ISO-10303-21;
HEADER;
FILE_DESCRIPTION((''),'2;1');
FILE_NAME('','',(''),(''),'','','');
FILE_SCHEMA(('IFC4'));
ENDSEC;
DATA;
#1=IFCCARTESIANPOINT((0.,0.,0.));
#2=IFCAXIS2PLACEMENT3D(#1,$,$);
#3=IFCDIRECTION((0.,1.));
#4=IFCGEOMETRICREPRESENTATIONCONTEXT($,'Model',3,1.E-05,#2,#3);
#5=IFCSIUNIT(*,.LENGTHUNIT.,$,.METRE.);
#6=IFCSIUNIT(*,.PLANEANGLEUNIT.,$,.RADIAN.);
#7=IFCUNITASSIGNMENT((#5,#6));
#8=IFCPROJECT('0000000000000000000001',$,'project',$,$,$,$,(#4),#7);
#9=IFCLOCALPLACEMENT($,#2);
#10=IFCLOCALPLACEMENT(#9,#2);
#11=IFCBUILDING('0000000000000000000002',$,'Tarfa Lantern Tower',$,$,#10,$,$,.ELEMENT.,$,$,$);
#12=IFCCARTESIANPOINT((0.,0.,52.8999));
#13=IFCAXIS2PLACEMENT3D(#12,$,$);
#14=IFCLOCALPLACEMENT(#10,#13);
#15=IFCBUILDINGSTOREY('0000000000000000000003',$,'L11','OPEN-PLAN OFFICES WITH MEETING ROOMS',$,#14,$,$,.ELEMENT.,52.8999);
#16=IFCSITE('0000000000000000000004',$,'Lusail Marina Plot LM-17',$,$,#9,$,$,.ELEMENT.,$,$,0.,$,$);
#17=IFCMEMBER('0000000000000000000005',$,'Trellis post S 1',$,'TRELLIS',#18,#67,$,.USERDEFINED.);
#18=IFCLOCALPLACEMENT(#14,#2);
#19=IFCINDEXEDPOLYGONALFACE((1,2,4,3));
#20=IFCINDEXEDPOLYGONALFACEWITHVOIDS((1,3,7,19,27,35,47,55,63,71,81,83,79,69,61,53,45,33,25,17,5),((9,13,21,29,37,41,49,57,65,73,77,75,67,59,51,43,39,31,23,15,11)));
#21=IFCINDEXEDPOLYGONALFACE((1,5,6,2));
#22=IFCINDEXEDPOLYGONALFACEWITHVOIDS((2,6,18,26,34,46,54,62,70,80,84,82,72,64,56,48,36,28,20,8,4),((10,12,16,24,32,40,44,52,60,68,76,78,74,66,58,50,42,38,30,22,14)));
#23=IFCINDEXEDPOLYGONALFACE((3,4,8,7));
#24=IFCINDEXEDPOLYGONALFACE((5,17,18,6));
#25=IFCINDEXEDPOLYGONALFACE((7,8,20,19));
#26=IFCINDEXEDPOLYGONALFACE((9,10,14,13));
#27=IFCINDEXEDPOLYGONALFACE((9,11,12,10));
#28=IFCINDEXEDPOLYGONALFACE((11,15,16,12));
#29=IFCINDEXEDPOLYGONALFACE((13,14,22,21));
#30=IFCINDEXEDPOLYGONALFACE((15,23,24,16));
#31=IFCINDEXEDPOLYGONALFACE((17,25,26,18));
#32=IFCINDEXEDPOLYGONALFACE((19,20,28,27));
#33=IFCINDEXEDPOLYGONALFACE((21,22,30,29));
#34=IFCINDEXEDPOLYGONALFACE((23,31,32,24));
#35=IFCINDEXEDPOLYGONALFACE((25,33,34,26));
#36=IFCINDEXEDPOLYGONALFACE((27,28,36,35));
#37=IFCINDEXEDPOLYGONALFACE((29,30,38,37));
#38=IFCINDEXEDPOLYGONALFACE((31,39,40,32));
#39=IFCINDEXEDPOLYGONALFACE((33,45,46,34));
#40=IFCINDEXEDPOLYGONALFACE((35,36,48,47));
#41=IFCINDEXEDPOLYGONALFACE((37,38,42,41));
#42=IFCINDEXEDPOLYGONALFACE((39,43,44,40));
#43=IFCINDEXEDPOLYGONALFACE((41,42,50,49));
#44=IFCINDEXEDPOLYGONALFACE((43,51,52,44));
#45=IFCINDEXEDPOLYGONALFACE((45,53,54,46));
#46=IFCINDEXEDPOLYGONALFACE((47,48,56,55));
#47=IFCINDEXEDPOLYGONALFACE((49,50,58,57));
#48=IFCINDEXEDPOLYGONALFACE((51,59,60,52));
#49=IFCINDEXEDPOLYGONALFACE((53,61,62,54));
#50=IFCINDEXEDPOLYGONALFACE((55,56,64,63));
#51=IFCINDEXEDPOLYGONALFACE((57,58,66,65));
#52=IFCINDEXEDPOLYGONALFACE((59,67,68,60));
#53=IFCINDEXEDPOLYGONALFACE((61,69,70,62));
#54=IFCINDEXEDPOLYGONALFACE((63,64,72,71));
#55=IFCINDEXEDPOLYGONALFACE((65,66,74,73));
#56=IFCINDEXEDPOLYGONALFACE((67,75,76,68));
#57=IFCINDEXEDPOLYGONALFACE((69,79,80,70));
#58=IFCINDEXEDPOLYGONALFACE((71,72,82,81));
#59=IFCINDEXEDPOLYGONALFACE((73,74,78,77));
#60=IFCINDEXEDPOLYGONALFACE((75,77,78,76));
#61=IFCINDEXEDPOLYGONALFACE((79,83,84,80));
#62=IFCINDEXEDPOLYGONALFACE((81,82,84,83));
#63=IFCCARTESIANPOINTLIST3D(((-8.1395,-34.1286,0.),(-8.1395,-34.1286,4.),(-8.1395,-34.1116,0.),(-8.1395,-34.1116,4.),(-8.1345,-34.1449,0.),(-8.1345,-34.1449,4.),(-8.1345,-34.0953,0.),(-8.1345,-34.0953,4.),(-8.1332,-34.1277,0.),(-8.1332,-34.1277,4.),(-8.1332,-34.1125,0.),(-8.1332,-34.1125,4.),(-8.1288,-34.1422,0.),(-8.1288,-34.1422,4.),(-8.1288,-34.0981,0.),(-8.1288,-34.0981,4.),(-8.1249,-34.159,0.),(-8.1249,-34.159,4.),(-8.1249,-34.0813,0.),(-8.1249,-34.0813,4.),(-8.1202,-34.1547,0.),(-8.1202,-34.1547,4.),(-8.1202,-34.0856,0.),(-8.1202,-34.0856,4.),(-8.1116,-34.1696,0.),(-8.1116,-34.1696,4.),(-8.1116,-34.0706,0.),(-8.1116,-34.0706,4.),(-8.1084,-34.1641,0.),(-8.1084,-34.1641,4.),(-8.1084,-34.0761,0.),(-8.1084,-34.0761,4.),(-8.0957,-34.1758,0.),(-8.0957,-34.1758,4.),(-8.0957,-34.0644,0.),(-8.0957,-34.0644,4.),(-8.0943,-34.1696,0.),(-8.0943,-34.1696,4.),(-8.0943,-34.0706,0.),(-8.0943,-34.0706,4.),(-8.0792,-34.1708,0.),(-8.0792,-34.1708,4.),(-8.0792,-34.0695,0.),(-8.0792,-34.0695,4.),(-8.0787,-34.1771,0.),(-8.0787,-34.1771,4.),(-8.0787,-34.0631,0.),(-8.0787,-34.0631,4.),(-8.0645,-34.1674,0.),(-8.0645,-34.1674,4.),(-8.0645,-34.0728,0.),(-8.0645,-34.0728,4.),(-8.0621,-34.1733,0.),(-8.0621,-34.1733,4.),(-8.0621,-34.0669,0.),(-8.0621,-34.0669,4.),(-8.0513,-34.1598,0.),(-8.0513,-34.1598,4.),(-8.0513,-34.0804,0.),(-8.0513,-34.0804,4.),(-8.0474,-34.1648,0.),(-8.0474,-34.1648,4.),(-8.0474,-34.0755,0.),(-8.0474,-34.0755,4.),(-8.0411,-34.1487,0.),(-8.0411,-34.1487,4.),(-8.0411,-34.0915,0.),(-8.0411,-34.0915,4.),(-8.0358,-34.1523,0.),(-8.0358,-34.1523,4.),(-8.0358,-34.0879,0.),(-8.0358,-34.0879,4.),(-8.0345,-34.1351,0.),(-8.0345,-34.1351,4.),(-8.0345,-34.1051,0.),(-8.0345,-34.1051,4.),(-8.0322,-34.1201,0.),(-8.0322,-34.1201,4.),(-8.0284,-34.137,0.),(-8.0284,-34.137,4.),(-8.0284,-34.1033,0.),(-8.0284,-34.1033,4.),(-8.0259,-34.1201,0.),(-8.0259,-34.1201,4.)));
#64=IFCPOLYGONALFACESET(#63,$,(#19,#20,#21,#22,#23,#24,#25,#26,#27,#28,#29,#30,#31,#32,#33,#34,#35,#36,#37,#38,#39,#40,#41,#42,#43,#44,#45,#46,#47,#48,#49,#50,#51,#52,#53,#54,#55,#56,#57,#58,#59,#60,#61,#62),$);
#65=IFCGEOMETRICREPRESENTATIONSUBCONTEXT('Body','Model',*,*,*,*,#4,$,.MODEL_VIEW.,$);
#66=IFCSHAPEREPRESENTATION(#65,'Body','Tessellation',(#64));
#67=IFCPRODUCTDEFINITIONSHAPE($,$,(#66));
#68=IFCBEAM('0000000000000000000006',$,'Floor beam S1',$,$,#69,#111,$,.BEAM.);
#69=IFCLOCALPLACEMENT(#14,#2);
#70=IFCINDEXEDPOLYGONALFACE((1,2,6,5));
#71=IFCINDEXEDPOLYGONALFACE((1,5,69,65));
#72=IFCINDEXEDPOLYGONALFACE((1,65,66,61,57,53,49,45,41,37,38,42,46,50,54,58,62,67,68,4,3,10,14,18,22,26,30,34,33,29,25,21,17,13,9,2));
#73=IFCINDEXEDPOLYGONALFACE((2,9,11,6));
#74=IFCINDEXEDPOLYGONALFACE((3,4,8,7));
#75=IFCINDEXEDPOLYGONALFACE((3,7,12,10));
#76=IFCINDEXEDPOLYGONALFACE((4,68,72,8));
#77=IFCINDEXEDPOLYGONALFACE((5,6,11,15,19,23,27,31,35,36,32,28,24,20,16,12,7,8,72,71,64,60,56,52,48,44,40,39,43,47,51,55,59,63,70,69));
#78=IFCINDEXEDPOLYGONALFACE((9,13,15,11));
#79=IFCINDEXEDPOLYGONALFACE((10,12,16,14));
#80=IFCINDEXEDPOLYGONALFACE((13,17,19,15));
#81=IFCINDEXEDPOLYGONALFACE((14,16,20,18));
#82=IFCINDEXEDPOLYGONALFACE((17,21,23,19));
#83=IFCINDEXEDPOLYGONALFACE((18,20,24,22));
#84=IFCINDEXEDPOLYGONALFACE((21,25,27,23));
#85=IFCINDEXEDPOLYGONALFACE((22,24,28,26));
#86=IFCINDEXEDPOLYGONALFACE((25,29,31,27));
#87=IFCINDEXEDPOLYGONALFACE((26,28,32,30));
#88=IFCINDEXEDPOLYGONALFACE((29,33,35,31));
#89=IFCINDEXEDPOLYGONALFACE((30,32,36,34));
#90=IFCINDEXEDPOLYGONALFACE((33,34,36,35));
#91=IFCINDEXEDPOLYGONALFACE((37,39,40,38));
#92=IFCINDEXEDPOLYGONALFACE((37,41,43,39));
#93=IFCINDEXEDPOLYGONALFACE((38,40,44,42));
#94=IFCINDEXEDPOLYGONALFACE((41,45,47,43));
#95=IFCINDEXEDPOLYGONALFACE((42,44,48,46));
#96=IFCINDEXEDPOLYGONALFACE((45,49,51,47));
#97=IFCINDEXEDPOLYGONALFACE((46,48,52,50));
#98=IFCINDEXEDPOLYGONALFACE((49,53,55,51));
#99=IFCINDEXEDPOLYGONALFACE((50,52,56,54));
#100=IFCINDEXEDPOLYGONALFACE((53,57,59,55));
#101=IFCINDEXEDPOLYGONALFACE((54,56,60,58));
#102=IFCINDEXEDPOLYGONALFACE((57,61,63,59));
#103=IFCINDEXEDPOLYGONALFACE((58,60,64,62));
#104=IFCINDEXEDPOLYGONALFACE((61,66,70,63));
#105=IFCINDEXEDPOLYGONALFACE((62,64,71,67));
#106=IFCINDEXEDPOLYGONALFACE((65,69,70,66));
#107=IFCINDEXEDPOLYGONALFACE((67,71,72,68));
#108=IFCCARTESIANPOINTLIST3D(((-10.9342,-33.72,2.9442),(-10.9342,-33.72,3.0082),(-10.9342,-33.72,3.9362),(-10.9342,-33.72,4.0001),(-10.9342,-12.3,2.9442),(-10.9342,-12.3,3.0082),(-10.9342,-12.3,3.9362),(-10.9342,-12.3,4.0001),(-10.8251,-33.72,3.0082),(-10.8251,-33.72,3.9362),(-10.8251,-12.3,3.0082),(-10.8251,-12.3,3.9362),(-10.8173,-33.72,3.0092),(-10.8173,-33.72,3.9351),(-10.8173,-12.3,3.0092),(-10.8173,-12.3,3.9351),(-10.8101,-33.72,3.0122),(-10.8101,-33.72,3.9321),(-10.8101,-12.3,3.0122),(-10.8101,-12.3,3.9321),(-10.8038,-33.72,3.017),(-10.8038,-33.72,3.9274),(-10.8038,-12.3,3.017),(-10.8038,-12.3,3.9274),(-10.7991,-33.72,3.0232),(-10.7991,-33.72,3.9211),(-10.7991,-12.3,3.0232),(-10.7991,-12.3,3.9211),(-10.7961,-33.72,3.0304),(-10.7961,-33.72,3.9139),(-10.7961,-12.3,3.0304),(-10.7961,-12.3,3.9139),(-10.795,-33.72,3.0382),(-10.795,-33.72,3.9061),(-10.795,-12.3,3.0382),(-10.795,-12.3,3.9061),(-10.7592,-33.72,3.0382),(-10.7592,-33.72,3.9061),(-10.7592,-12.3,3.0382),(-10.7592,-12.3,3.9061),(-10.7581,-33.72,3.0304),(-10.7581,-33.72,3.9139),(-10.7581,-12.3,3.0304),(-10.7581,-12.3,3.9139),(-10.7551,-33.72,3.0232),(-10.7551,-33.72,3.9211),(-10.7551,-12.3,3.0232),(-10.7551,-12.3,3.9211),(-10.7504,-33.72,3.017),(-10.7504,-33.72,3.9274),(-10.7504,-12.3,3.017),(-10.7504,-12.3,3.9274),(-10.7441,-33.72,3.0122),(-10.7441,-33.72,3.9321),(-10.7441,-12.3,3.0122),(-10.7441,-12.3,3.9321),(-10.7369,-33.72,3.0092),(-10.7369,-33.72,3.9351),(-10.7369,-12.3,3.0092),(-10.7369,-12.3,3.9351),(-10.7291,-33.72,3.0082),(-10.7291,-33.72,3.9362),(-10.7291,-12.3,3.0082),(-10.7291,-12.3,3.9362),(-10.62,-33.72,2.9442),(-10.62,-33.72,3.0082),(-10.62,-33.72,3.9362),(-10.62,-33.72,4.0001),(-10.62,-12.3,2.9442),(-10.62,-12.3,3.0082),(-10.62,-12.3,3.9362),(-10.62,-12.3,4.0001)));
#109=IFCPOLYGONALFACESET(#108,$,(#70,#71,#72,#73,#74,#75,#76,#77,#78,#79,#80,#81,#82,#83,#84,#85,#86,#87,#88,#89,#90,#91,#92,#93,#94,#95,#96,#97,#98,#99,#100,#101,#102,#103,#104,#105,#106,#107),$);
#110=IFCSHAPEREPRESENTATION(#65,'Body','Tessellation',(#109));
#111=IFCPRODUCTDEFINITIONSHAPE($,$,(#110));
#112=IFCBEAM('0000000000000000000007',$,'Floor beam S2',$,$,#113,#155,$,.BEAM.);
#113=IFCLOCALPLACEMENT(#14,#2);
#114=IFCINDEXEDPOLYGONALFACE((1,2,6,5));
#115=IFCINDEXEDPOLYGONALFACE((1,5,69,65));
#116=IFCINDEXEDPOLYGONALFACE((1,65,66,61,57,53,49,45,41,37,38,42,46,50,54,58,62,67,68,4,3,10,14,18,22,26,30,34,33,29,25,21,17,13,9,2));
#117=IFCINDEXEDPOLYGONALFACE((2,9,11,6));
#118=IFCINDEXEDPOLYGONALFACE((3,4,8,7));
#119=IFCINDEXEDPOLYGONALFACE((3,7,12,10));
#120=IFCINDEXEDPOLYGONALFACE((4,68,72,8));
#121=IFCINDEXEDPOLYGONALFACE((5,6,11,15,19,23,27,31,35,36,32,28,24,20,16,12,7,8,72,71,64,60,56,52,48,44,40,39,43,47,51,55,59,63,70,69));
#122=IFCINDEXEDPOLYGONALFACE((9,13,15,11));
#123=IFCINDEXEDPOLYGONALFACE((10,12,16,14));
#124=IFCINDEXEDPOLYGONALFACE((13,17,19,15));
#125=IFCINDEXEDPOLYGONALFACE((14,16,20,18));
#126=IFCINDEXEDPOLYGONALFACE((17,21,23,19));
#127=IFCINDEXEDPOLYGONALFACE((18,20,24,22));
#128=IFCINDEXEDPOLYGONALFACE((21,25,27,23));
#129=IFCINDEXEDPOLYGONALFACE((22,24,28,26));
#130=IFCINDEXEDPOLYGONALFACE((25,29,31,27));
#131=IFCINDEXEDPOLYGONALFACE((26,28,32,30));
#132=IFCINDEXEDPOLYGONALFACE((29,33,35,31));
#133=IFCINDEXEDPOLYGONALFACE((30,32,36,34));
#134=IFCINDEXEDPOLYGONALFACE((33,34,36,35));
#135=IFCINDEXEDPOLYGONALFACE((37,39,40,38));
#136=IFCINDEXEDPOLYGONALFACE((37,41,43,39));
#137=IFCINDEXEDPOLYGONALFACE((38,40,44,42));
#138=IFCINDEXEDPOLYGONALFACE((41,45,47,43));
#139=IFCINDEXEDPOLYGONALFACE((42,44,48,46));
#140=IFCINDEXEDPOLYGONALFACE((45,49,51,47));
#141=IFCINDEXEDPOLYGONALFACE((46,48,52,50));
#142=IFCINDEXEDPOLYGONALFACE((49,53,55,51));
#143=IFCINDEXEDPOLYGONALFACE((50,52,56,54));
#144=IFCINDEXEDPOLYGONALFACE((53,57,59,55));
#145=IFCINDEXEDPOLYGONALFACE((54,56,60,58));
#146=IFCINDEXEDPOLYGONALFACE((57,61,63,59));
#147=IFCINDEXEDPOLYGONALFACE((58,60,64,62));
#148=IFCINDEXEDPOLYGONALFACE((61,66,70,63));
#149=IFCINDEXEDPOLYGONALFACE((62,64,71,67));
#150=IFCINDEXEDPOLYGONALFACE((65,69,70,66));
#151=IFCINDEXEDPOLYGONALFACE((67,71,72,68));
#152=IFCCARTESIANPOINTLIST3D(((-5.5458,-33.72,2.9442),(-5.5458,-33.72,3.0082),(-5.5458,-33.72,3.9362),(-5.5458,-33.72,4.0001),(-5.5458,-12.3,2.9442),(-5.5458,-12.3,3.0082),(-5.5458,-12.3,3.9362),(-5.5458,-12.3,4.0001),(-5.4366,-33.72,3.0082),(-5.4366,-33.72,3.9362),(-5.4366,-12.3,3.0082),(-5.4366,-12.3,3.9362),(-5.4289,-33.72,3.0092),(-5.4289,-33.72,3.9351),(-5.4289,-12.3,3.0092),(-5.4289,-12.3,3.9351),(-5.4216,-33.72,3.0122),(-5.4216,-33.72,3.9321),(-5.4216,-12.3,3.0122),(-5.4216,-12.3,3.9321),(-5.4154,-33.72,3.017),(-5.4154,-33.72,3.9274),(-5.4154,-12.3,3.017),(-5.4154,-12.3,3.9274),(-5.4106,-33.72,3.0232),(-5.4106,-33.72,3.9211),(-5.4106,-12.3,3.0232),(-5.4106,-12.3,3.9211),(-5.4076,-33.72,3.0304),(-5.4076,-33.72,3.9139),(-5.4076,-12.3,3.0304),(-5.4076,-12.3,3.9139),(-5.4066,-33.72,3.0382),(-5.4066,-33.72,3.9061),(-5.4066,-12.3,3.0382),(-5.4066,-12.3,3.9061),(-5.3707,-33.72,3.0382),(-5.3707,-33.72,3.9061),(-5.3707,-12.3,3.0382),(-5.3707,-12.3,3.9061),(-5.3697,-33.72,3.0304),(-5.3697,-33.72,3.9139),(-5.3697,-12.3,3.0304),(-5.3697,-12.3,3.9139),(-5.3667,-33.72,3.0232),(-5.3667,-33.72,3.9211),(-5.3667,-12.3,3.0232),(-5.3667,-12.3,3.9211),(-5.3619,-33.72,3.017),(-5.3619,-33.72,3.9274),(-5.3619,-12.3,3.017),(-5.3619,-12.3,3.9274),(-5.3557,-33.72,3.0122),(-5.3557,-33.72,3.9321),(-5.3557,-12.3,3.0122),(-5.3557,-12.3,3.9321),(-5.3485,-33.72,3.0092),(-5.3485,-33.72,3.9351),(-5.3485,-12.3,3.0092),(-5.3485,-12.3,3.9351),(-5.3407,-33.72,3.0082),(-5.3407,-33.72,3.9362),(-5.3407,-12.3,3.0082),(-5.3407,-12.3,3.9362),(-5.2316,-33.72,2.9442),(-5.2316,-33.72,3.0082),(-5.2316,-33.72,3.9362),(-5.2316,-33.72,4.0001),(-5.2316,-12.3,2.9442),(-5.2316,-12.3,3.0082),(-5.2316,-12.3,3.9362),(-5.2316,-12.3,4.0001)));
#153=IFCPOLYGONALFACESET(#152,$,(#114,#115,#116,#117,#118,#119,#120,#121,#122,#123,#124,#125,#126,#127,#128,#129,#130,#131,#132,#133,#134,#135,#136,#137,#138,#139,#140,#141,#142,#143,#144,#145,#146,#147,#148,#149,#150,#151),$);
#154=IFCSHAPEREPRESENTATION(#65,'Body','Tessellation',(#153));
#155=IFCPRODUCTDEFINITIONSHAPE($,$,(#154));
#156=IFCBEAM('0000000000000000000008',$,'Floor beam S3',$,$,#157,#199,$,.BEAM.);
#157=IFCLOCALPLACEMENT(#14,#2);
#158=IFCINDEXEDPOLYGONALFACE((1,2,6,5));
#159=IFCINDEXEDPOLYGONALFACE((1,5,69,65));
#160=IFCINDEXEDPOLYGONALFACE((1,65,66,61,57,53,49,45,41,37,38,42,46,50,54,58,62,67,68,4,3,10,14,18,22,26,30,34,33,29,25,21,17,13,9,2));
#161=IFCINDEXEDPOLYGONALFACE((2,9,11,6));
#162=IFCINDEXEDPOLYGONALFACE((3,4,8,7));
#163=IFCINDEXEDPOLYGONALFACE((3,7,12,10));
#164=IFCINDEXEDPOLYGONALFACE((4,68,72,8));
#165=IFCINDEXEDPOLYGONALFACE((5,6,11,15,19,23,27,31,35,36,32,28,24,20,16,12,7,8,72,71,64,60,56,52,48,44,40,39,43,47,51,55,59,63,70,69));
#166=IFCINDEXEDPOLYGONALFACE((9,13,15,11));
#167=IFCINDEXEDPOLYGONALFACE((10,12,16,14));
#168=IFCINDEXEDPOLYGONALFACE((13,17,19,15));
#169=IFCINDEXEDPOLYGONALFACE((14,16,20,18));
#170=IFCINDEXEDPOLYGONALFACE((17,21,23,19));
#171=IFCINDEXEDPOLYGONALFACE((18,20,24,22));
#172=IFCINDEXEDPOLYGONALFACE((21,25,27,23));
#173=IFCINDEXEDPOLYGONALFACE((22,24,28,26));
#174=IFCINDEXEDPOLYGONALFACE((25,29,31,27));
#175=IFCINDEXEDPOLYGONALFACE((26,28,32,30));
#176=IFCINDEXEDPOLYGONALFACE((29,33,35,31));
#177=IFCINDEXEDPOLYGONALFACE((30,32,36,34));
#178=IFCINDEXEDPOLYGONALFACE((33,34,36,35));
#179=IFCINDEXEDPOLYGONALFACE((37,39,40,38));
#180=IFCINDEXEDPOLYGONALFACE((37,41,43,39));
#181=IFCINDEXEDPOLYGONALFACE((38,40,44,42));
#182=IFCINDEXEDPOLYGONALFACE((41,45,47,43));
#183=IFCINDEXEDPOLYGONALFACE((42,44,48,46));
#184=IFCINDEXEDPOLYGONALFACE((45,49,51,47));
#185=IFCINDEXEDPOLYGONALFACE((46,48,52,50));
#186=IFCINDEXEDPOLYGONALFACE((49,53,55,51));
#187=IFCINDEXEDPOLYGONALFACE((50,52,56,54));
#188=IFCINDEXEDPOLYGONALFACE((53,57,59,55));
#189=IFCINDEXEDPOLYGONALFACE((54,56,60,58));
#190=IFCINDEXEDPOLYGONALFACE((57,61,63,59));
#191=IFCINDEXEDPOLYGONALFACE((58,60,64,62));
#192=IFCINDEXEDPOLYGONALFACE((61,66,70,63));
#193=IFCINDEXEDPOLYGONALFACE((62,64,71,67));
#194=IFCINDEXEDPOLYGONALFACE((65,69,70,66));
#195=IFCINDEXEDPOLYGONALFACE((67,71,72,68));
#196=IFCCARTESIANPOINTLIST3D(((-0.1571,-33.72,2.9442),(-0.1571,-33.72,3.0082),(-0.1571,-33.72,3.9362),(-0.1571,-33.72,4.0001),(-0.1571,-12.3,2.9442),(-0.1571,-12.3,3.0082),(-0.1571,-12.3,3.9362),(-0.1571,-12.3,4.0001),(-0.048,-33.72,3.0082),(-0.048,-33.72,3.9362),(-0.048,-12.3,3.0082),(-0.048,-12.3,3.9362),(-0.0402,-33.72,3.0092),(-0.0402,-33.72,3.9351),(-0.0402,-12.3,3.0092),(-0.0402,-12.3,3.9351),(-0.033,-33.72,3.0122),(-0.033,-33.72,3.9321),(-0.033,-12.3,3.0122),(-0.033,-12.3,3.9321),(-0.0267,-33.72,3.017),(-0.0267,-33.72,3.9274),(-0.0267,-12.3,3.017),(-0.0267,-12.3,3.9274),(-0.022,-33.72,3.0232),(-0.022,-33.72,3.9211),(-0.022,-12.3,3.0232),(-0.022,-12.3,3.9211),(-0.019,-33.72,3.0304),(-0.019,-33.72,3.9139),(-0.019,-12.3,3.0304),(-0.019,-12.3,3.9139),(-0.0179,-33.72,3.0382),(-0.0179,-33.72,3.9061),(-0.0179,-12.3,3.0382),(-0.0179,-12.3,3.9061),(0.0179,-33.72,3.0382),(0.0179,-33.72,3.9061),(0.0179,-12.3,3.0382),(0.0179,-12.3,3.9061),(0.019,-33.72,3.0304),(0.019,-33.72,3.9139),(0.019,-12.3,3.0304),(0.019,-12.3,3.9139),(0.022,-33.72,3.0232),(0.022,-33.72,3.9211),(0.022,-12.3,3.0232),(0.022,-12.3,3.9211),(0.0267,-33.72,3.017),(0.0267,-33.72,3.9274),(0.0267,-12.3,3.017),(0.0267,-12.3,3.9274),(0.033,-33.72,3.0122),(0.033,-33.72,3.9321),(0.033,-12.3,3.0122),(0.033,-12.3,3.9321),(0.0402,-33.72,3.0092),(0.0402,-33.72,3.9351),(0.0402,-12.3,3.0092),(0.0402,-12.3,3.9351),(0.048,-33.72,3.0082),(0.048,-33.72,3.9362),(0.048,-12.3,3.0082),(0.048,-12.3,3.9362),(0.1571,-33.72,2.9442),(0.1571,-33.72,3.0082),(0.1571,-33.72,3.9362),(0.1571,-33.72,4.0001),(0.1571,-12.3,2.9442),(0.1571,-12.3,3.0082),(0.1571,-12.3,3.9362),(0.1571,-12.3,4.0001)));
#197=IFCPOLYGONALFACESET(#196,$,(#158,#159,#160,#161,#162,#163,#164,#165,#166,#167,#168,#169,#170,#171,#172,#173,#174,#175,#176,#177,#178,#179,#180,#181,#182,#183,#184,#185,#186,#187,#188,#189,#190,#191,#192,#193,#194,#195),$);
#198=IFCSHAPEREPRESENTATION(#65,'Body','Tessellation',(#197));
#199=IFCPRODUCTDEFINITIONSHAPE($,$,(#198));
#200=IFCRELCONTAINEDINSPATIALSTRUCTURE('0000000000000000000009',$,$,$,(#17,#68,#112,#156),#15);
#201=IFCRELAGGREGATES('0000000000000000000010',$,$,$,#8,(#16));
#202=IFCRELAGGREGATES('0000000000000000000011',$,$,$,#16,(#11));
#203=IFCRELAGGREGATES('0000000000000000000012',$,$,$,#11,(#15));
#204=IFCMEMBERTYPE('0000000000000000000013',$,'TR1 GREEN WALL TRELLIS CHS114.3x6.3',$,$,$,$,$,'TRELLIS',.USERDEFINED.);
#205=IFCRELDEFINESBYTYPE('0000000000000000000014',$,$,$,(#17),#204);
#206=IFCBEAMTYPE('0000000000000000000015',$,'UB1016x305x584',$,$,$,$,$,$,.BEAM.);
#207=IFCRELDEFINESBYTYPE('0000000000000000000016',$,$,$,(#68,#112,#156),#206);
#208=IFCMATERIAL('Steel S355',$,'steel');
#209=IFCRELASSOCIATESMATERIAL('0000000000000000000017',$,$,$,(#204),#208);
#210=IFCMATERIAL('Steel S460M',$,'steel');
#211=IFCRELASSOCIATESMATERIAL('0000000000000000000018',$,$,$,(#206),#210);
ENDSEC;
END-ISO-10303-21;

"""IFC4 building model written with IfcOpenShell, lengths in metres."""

from ifc_helpers import new_model, si_unit, direction, frame, origin, origin_2d, place, context, subcontext, project, spatial, hollow_circle, i_section, extrude, material, material_profile, profile_set, type_object, element, save


model = new_model("IFC4")

# Units and contexts
model_context = context("Model", 3, precision=1e-05, world=origin(), true_north=direction((0.0, 1.0)))
body_context = subcontext(model_context, "Body", "Model", "MODEL_VIEW")
ifc_project = project(units=[si_unit("LENGTHUNIT", "METRE"), si_unit("PLANEANGLEUNIT", "RADIAN")], contexts=[model_context])

# Site, building, storey
site_placement = place(None, origin())
site = spatial("IfcSite", under=ifc_project, at=site_placement, Name="Lusail Marina Plot LM-17", CompositionType="ELEMENT", RefElevation=0.0)
building_placement = place(site_placement, origin())
building = spatial("IfcBuilding", under=site, at=building_placement, Name="Tarfa Lantern Tower", CompositionType="ELEMENT")
storey_placement = place(building_placement, frame((0.0, 0.0, 52.8999)))
storey = spatial("IfcBuildingStorey", under=building, at=storey_placement, Name="L11", Description="OPEN-PLAN OFFICES WITH MEETING ROOMS", CompositionType="ELEMENT", Elevation=52.8999)

# Member
ifc_material_1 = material(Name="Steel S355", Category="steel")
ifc_material_profile_1 = material_profile(ifc_material_1, hollow_circle(Radius=0.0571, WallThickness=0.0063, at=origin_2d()), Name="CHS114.3x6.3")
ifc_profile_set_1 = profile_set([ifc_material_profile_1], Name="Steel S355")
member_type_1 = type_object("IfcMemberType", Name="TR1 GREEN WALL TRELLIS CHS114.3x6.3", ElementType="TRELLIS", PredefinedType="USERDEFINED", material=ifc_profile_set_1)
member_1_placement = place(storey_placement, frame((-8.083, -34.1201, 0.0), z_axis=(0.0, 0.0, 1.0), x_axis=(1.0, 0.0, 0.0)))
element("IfcMember", 1, at=member_1_placement, inside=storey, type_object=member_type_1, Name="Trellis post S 1", ObjectType="TRELLIS", PredefinedType="USERDEFINED", context=body_context, shape_type="SweptSolid", body=[
    extrude(hollow_circle(Radius=0.0571, WallThickness=0.0063, at=origin_2d()), origin(), (0.0, 0.0, 1.0), 4.0),
])

# Beams
ifc_material_2 = material(Name="Steel S460M", Category="steel")
ifc_material_profile_2 = material_profile(ifc_material_2, i_section(OverallWidth=0.3142, OverallDepth=1.0559, WebThickness=0.0359, FlangeThickness=0.064, FilletRadius=0.03, at=origin_2d()), Name="UB1016x305x584")
ifc_profile_set_2 = profile_set([ifc_material_profile_2], Name="Steel S460M")
beam_type_1 = type_object("IfcBeamType", Name="UB1016x305x584", PredefinedType="BEAM", material=ifc_profile_set_2)
for number, where, z_axis, x_axis, name in (
    (2, (-10.7771, -33.72, 3.4722), (0.0, 1.0, 0.0), (-1.0, 0.0, 0.0), "Floor beam S1"),
    (3, (-5.3887, -33.72, 3.4722), (0.0, 1.0, 0.0), (-1.0, 0.0, 0.0), "Floor beam S2"),
    (4, (0.0, -33.72, 3.4722), (0.0, 1.0, 0.0), (-1.0, 0.0, 0.0), "Floor beam S3"),
):
    element("IfcBeam", number, at=place(storey_placement, frame(where, z_axis=z_axis, x_axis=x_axis)), inside=storey, type_object=beam_type_1, Name=name, PredefinedType="BEAM", context=body_context, shape_type="SweptSolid", body=[
        extrude(i_section(OverallWidth=0.3142, OverallDepth=1.0559, WebThickness=0.0359, FlangeThickness=0.064, FilletRadius=0.03, at=origin_2d()), origin(), (0.0, 0.0, 1.0), 21.4199),
    ])

save(model, "model.ifc")
